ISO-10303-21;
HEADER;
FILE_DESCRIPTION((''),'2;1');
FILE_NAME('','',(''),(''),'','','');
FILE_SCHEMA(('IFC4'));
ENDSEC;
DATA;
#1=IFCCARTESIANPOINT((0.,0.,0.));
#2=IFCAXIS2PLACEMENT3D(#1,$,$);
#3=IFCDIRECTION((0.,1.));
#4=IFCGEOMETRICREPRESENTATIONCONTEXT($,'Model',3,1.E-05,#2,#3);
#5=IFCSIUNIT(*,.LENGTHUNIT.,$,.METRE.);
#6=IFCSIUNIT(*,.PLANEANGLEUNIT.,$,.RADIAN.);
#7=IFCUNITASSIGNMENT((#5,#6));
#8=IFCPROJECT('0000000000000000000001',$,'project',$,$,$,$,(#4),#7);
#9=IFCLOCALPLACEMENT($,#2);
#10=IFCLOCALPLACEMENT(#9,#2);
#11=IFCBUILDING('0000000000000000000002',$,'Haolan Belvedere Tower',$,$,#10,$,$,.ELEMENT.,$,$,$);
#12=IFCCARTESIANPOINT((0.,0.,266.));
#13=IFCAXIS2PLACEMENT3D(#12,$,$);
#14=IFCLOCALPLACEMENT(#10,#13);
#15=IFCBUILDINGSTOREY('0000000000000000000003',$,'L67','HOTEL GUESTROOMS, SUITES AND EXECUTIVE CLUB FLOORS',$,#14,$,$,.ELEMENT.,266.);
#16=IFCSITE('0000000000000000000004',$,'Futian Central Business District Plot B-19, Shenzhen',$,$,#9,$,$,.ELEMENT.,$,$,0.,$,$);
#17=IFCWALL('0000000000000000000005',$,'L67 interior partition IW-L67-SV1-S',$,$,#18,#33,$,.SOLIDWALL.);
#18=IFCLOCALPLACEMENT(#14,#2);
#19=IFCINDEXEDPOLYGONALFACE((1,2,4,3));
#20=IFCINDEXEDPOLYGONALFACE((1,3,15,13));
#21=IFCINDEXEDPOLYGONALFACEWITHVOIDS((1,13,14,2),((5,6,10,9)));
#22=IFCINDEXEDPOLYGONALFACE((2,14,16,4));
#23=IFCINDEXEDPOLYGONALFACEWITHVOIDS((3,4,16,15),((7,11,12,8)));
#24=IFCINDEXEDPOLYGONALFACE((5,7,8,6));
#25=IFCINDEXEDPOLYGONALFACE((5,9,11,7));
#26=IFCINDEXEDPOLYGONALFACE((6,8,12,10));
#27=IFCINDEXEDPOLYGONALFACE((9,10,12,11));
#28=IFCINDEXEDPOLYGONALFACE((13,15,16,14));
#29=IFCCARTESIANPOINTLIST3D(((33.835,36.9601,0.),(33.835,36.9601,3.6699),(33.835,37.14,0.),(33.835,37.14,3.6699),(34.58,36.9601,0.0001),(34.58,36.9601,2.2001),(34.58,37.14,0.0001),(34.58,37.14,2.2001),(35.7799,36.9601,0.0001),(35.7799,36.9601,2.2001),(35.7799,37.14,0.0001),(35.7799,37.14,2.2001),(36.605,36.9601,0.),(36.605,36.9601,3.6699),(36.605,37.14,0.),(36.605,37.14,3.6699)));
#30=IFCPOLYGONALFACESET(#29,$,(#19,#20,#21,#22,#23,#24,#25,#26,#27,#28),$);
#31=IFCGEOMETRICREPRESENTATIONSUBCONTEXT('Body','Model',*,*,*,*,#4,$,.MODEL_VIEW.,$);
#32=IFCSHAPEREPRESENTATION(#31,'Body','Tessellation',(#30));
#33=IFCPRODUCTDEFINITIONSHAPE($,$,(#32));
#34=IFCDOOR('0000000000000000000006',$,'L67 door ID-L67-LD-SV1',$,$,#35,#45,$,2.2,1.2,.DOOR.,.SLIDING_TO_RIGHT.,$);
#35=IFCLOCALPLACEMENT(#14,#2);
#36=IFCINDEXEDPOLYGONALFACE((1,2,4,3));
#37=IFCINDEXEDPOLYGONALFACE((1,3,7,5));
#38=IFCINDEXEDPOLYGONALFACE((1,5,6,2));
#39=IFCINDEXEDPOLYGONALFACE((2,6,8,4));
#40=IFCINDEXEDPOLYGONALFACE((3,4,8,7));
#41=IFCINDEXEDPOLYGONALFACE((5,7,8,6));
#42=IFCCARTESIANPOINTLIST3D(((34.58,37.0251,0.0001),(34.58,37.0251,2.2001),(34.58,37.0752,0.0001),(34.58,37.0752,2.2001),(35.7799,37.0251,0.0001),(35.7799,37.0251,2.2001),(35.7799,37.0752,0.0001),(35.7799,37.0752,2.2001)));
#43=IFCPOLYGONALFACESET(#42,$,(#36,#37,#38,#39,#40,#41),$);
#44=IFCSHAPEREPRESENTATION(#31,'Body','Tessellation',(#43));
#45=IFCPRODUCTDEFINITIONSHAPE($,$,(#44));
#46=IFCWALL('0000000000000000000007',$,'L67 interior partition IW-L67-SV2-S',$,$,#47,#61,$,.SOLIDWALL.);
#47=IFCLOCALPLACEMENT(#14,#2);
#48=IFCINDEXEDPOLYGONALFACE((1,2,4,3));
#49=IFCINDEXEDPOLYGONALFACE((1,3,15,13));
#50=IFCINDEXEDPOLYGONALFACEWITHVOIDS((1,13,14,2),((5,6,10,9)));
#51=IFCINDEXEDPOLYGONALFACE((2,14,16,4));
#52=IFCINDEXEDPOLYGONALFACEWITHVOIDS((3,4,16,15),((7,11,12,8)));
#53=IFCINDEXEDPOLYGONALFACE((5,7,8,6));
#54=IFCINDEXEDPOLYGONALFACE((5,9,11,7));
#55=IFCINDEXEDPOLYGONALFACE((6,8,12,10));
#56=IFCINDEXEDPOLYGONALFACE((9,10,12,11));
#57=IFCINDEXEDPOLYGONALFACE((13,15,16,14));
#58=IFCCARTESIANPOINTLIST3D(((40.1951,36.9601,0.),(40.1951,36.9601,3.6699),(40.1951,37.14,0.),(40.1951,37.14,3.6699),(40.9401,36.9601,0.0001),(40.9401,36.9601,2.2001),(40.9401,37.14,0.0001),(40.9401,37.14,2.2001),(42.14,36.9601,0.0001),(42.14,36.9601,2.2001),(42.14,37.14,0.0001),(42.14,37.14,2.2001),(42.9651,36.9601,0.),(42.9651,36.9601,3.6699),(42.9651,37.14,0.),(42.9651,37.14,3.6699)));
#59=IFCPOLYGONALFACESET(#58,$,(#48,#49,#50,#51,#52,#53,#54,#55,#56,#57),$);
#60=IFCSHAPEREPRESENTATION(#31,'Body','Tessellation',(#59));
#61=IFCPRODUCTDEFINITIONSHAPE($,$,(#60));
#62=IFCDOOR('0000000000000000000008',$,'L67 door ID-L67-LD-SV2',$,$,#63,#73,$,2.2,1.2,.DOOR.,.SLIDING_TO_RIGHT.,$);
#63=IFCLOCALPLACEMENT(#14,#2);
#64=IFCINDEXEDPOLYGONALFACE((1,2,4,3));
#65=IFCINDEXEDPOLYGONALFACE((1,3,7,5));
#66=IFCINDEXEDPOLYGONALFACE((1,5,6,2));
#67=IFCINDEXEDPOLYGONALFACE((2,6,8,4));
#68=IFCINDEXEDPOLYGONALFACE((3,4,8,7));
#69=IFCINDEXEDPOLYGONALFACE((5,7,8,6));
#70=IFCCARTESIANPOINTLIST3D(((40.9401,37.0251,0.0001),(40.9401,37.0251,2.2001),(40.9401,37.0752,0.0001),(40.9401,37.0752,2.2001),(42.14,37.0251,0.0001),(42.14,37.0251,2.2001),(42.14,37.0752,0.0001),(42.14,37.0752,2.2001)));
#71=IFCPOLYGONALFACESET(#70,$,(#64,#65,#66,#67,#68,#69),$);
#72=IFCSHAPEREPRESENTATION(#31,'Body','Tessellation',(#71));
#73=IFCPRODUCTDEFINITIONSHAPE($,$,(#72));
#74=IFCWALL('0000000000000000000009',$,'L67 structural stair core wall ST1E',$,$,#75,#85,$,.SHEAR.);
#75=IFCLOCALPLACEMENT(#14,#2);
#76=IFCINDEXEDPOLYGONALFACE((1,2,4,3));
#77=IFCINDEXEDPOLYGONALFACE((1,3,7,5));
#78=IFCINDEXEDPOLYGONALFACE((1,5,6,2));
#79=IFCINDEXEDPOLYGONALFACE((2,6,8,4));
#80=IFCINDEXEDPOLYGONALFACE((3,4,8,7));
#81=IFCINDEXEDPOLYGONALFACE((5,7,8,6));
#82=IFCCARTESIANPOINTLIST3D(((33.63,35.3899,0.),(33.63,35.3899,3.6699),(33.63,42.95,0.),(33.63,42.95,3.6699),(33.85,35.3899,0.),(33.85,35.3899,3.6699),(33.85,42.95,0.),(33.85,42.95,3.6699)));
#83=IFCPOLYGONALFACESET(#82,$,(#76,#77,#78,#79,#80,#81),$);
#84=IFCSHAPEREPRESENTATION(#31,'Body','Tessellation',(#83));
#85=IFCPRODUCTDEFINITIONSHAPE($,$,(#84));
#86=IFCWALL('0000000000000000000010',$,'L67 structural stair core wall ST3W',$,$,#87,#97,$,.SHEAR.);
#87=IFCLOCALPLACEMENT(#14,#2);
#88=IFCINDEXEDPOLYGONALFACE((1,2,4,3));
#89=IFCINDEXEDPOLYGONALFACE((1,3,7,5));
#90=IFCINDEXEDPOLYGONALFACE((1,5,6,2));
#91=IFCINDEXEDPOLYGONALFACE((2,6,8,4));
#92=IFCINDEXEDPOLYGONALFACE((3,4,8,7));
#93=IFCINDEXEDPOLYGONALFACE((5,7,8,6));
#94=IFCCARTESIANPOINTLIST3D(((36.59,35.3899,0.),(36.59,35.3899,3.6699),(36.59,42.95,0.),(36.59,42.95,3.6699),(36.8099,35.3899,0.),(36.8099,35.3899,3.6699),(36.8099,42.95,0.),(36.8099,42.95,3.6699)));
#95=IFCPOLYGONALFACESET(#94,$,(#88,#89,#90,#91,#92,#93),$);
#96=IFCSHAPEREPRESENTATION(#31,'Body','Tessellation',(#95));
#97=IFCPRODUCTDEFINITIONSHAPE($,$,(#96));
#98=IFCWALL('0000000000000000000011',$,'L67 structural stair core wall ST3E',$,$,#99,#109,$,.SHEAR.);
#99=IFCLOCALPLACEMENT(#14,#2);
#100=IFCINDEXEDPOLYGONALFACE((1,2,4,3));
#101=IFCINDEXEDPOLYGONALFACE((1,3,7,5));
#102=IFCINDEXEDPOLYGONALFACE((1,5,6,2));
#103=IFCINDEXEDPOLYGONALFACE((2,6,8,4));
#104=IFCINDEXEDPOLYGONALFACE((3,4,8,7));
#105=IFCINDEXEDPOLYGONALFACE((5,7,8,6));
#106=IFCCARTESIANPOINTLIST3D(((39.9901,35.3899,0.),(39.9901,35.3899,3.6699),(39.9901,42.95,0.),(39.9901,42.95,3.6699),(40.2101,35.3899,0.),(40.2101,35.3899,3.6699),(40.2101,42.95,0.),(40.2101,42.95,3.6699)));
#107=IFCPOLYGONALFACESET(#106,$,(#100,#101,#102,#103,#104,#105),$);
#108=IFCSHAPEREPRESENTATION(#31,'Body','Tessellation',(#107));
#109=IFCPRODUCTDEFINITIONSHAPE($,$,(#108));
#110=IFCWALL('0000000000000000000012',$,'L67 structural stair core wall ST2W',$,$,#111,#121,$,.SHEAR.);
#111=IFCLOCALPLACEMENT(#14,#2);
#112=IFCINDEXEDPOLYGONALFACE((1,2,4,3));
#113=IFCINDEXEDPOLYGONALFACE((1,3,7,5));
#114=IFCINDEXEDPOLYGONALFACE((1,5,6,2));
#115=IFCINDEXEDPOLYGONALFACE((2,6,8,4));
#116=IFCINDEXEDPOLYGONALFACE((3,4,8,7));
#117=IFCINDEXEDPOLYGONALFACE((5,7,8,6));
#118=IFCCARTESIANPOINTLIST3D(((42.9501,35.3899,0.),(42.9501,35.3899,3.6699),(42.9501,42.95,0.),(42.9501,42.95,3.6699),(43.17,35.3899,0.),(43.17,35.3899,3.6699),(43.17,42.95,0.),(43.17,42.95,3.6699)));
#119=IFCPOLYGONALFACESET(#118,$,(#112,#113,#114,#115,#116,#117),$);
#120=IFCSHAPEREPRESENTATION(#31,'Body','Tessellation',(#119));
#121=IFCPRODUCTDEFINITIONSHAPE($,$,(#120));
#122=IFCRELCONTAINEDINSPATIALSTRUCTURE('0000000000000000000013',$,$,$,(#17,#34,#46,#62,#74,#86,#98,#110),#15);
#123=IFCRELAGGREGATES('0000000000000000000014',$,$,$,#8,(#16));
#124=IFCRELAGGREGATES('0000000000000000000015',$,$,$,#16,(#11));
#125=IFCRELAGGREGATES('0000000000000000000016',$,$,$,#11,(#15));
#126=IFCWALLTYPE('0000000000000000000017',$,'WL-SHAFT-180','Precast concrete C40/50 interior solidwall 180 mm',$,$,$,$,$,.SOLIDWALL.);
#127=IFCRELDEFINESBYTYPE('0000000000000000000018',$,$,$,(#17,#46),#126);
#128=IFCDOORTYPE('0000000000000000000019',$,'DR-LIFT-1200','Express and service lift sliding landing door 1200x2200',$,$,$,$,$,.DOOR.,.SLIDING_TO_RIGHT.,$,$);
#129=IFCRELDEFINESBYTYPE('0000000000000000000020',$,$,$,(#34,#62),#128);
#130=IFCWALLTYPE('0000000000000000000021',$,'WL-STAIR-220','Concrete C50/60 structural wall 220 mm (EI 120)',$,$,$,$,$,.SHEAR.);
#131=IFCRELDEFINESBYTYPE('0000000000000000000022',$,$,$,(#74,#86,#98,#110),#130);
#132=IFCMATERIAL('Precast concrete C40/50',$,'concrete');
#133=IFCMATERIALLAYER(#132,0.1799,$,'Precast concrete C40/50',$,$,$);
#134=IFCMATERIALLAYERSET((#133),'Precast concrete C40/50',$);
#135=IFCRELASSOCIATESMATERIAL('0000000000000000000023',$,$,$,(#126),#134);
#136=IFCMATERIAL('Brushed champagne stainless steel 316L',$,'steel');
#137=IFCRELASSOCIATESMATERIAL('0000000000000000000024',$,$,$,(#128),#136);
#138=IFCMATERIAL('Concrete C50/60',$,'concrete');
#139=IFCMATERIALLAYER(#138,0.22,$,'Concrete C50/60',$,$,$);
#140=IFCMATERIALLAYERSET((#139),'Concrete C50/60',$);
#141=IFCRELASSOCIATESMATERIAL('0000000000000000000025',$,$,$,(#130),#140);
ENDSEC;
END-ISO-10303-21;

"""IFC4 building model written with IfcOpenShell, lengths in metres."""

from ifc_helpers import new_model, si_unit, direction, frame, frame_2d, origin, place, context, subcontext, project, spatial, rectangle, extrude, material, layer, layer_set, type_object, element, fill, save


model = new_model("IFC4")

# Units and contexts
model_context = context("Model", 3, precision=1e-05, world=origin(), true_north=direction((0.0, 1.0)))
body_context = subcontext(model_context, "Body", "Model", "MODEL_VIEW")
ifc_project = project(units=[si_unit("LENGTHUNIT", "METRE"), si_unit("PLANEANGLEUNIT", "RADIAN")], contexts=[model_context])

# Site, building, storey
site_placement = place(None, origin())
site = spatial("IfcSite", under=ifc_project, at=site_placement, Name="Futian Central Business District Plot B-19, Shenzhen", CompositionType="ELEMENT", RefElevation=0.0)
building_placement = place(site_placement, origin())
building = spatial("IfcBuilding", under=site, at=building_placement, Name="Haolan Belvedere Tower", CompositionType="ELEMENT")
storey_placement = place(building_placement, frame((0.0, 0.0, 266.0)))
storey = spatial("IfcBuildingStorey", under=building, at=storey_placement, Name="L67", Description="HOTEL GUESTROOMS, SUITES AND EXECUTIVE CLUB FLOORS", CompositionType="ELEMENT", Elevation=266.0)

# Shared definitions
ifc_material_1 = material(Name="Brushed champagne stainless steel 316L", Category="steel")

# Walls, openings, doors
ifc_material_2 = material(Name="Precast concrete C40/50", Category="concrete")
ifc_layer_1 = layer(ifc_material_2, 0.1799, Name="Precast concrete C40/50")
ifc_layer_set_1 = layer_set([ifc_layer_1], Name="Precast concrete C40/50")
wall_type_1 = type_object("IfcWallType", Name="WL-SHAFT-180", Description="Precast concrete C40/50 interior solidwall 180 mm", PredefinedType="SOLIDWALL", material=ifc_layer_set_1)
wall_1_placement = place(storey_placement, frame((33.835, 37.05, 0.0), z_axis=(0.0, 0.0, 1.0), x_axis=(1.0, 0.0, 0.0)))
wall_1 = element("IfcWall", 1, at=wall_1_placement, inside=storey, type_object=wall_type_1, Name="L67 interior partition IW-L67-SV1-S", PredefinedType="SOLIDWALL", context=body_context, shape_type="SweptSolid", body=[
    extrude(rectangle(XDim=2.77, YDim=0.1799, at=frame_2d((1.385, 0.0))), origin(), (0.0, 0.0, 1.0), 3.6699),
])
opening_1_placement = place(wall_1_placement, frame((1.9451, 0.0, 0.0), z_axis=(0.0, 0.0, 1.0), x_axis=(-1.0, 0.0, 0.0)))
opening_1 = element("IfcOpeningElement", 2, at=opening_1_placement, cuts=wall_1, PredefinedType="OPENING", context=body_context, shape_type="SweptSolid", body=[
    extrude(rectangle(XDim=1.2, YDim=2.2, at=frame_2d((0.6001, 1.1001))), frame((0.0, 0.0999, 0.0), z_axis=(0.0, -1.0, 0.0), x_axis=(1.0, 0.0, 0.0)), (0.0, 0.0, 1.0), 0.2),
])
door_type_1 = type_object("IfcDoorType", Name="DR-LIFT-1200", Description="Express and service lift sliding landing door 1200x2200", OperationType="SLIDING_TO_RIGHT", PredefinedType="DOOR", material=ifc_material_1)
door_1_placement = place(opening_1_placement, origin())
door_1 = element("IfcDoor", 3, at=door_1_placement, inside=storey, type_object=door_type_1, Name="L67 door ID-L67-LD-SV1", OperationType="SLIDING_TO_RIGHT", OverallHeight=2.2, OverallWidth=1.2, PredefinedType="DOOR", context=body_context, shape_type="SweptSolid", body=[
    extrude(rectangle(XDim=1.2, YDim=2.2, at=frame_2d((0.6001, 1.1001))), frame((0.0, 0.0249, 0.0), z_axis=(0.0, -1.0, 0.0), x_axis=(1.0, 0.0, 0.0)), (0.0, 0.0, 1.0), 0.05),
])
fill(opening_1, door_1)
wall_2_placement = place(storey_placement, frame((40.1951, 37.05, 0.0), z_axis=(0.0, 0.0, 1.0), x_axis=(1.0, 0.0, 0.0)))
wall_2 = element("IfcWall", 4, at=wall_2_placement, inside=storey, type_object=wall_type_1, Name="L67 interior partition IW-L67-SV2-S", PredefinedType="SOLIDWALL", context=body_context, shape_type="SweptSolid", body=[
    extrude(rectangle(XDim=2.77, YDim=0.1799, at=frame_2d((1.385, 0.0))), origin(), (0.0, 0.0, 1.0), 3.6699),
])
opening_2_placement = place(wall_2_placement, frame((1.9451, 0.0, 0.0), z_axis=(0.0, 0.0, 1.0), x_axis=(-1.0, 0.0, 0.0)))
opening_2 = element("IfcOpeningElement", 5, at=opening_2_placement, cuts=wall_2, PredefinedType="OPENING", context=body_context, shape_type="SweptSolid", body=[
    extrude(rectangle(XDim=1.2, YDim=2.2, at=frame_2d((0.6001, 1.1001))), frame((0.0, 0.0999, 0.0), z_axis=(0.0, -1.0, 0.0), x_axis=(1.0, 0.0, 0.0)), (0.0, 0.0, 1.0), 0.2),
])
door_2_placement = place(opening_2_placement, origin())
door_2 = element("IfcDoor", 6, at=door_2_placement, inside=storey, type_object=door_type_1, Name="L67 door ID-L67-LD-SV2", OperationType="SLIDING_TO_RIGHT", OverallHeight=2.2, OverallWidth=1.2, PredefinedType="DOOR", context=body_context, shape_type="SweptSolid", body=[
    extrude(rectangle(XDim=1.2, YDim=2.2, at=frame_2d((0.6001, 1.1001))), frame((0.0, 0.0249, 0.0), z_axis=(0.0, -1.0, 0.0), x_axis=(1.0, 0.0, 0.0)), (0.0, 0.0, 1.0), 0.05),
])
fill(opening_2, door_2)

# Walls
ifc_material_3 = material(Name="Concrete C50/60", Category="concrete")
ifc_layer_2 = layer(ifc_material_3, 0.22, Name="Concrete C50/60")
ifc_layer_set_2 = layer_set([ifc_layer_2], Name="Concrete C50/60")
wall_type_2 = type_object("IfcWallType", Name="WL-STAIR-220", Description="Concrete C50/60 structural wall 220 mm (EI 120)", PredefinedType="SHEAR", material=ifc_layer_set_2)
for number, where, z_axis, x_axis, name in (
    (7, (33.74, 35.3899, 0.0), (0.0, 0.0, 1.0), (0.0, 1.0, 0.0), "L67 structural stair core wall ST1E"),
    (8, (36.7, 35.3899, 0.0), (0.0, 0.0, 1.0), (0.0, 1.0, 0.0), "L67 structural stair core wall ST3W"),
    (9, (40.1001, 35.3899, 0.0), (0.0, 0.0, 1.0), (0.0, 1.0, 0.0), "L67 structural stair core wall ST3E"),
    (10, (43.0601, 35.3899, 0.0), (0.0, 0.0, 1.0), (0.0, 1.0, 0.0), "L67 structural stair core wall ST2W"),
):
    element("IfcWall", number, at=place(storey_placement, frame(where, z_axis=z_axis, x_axis=x_axis)), inside=storey, type_object=wall_type_2, Name=name, PredefinedType="SHEAR", context=body_context, shape_type="SweptSolid", body=[
        extrude(rectangle(XDim=7.5601, YDim=0.22, at=frame_2d((3.78, 0.0))), origin(), (0.0, 0.0, 1.0), 3.6699),
    ])

save(model, "model.ifc")
